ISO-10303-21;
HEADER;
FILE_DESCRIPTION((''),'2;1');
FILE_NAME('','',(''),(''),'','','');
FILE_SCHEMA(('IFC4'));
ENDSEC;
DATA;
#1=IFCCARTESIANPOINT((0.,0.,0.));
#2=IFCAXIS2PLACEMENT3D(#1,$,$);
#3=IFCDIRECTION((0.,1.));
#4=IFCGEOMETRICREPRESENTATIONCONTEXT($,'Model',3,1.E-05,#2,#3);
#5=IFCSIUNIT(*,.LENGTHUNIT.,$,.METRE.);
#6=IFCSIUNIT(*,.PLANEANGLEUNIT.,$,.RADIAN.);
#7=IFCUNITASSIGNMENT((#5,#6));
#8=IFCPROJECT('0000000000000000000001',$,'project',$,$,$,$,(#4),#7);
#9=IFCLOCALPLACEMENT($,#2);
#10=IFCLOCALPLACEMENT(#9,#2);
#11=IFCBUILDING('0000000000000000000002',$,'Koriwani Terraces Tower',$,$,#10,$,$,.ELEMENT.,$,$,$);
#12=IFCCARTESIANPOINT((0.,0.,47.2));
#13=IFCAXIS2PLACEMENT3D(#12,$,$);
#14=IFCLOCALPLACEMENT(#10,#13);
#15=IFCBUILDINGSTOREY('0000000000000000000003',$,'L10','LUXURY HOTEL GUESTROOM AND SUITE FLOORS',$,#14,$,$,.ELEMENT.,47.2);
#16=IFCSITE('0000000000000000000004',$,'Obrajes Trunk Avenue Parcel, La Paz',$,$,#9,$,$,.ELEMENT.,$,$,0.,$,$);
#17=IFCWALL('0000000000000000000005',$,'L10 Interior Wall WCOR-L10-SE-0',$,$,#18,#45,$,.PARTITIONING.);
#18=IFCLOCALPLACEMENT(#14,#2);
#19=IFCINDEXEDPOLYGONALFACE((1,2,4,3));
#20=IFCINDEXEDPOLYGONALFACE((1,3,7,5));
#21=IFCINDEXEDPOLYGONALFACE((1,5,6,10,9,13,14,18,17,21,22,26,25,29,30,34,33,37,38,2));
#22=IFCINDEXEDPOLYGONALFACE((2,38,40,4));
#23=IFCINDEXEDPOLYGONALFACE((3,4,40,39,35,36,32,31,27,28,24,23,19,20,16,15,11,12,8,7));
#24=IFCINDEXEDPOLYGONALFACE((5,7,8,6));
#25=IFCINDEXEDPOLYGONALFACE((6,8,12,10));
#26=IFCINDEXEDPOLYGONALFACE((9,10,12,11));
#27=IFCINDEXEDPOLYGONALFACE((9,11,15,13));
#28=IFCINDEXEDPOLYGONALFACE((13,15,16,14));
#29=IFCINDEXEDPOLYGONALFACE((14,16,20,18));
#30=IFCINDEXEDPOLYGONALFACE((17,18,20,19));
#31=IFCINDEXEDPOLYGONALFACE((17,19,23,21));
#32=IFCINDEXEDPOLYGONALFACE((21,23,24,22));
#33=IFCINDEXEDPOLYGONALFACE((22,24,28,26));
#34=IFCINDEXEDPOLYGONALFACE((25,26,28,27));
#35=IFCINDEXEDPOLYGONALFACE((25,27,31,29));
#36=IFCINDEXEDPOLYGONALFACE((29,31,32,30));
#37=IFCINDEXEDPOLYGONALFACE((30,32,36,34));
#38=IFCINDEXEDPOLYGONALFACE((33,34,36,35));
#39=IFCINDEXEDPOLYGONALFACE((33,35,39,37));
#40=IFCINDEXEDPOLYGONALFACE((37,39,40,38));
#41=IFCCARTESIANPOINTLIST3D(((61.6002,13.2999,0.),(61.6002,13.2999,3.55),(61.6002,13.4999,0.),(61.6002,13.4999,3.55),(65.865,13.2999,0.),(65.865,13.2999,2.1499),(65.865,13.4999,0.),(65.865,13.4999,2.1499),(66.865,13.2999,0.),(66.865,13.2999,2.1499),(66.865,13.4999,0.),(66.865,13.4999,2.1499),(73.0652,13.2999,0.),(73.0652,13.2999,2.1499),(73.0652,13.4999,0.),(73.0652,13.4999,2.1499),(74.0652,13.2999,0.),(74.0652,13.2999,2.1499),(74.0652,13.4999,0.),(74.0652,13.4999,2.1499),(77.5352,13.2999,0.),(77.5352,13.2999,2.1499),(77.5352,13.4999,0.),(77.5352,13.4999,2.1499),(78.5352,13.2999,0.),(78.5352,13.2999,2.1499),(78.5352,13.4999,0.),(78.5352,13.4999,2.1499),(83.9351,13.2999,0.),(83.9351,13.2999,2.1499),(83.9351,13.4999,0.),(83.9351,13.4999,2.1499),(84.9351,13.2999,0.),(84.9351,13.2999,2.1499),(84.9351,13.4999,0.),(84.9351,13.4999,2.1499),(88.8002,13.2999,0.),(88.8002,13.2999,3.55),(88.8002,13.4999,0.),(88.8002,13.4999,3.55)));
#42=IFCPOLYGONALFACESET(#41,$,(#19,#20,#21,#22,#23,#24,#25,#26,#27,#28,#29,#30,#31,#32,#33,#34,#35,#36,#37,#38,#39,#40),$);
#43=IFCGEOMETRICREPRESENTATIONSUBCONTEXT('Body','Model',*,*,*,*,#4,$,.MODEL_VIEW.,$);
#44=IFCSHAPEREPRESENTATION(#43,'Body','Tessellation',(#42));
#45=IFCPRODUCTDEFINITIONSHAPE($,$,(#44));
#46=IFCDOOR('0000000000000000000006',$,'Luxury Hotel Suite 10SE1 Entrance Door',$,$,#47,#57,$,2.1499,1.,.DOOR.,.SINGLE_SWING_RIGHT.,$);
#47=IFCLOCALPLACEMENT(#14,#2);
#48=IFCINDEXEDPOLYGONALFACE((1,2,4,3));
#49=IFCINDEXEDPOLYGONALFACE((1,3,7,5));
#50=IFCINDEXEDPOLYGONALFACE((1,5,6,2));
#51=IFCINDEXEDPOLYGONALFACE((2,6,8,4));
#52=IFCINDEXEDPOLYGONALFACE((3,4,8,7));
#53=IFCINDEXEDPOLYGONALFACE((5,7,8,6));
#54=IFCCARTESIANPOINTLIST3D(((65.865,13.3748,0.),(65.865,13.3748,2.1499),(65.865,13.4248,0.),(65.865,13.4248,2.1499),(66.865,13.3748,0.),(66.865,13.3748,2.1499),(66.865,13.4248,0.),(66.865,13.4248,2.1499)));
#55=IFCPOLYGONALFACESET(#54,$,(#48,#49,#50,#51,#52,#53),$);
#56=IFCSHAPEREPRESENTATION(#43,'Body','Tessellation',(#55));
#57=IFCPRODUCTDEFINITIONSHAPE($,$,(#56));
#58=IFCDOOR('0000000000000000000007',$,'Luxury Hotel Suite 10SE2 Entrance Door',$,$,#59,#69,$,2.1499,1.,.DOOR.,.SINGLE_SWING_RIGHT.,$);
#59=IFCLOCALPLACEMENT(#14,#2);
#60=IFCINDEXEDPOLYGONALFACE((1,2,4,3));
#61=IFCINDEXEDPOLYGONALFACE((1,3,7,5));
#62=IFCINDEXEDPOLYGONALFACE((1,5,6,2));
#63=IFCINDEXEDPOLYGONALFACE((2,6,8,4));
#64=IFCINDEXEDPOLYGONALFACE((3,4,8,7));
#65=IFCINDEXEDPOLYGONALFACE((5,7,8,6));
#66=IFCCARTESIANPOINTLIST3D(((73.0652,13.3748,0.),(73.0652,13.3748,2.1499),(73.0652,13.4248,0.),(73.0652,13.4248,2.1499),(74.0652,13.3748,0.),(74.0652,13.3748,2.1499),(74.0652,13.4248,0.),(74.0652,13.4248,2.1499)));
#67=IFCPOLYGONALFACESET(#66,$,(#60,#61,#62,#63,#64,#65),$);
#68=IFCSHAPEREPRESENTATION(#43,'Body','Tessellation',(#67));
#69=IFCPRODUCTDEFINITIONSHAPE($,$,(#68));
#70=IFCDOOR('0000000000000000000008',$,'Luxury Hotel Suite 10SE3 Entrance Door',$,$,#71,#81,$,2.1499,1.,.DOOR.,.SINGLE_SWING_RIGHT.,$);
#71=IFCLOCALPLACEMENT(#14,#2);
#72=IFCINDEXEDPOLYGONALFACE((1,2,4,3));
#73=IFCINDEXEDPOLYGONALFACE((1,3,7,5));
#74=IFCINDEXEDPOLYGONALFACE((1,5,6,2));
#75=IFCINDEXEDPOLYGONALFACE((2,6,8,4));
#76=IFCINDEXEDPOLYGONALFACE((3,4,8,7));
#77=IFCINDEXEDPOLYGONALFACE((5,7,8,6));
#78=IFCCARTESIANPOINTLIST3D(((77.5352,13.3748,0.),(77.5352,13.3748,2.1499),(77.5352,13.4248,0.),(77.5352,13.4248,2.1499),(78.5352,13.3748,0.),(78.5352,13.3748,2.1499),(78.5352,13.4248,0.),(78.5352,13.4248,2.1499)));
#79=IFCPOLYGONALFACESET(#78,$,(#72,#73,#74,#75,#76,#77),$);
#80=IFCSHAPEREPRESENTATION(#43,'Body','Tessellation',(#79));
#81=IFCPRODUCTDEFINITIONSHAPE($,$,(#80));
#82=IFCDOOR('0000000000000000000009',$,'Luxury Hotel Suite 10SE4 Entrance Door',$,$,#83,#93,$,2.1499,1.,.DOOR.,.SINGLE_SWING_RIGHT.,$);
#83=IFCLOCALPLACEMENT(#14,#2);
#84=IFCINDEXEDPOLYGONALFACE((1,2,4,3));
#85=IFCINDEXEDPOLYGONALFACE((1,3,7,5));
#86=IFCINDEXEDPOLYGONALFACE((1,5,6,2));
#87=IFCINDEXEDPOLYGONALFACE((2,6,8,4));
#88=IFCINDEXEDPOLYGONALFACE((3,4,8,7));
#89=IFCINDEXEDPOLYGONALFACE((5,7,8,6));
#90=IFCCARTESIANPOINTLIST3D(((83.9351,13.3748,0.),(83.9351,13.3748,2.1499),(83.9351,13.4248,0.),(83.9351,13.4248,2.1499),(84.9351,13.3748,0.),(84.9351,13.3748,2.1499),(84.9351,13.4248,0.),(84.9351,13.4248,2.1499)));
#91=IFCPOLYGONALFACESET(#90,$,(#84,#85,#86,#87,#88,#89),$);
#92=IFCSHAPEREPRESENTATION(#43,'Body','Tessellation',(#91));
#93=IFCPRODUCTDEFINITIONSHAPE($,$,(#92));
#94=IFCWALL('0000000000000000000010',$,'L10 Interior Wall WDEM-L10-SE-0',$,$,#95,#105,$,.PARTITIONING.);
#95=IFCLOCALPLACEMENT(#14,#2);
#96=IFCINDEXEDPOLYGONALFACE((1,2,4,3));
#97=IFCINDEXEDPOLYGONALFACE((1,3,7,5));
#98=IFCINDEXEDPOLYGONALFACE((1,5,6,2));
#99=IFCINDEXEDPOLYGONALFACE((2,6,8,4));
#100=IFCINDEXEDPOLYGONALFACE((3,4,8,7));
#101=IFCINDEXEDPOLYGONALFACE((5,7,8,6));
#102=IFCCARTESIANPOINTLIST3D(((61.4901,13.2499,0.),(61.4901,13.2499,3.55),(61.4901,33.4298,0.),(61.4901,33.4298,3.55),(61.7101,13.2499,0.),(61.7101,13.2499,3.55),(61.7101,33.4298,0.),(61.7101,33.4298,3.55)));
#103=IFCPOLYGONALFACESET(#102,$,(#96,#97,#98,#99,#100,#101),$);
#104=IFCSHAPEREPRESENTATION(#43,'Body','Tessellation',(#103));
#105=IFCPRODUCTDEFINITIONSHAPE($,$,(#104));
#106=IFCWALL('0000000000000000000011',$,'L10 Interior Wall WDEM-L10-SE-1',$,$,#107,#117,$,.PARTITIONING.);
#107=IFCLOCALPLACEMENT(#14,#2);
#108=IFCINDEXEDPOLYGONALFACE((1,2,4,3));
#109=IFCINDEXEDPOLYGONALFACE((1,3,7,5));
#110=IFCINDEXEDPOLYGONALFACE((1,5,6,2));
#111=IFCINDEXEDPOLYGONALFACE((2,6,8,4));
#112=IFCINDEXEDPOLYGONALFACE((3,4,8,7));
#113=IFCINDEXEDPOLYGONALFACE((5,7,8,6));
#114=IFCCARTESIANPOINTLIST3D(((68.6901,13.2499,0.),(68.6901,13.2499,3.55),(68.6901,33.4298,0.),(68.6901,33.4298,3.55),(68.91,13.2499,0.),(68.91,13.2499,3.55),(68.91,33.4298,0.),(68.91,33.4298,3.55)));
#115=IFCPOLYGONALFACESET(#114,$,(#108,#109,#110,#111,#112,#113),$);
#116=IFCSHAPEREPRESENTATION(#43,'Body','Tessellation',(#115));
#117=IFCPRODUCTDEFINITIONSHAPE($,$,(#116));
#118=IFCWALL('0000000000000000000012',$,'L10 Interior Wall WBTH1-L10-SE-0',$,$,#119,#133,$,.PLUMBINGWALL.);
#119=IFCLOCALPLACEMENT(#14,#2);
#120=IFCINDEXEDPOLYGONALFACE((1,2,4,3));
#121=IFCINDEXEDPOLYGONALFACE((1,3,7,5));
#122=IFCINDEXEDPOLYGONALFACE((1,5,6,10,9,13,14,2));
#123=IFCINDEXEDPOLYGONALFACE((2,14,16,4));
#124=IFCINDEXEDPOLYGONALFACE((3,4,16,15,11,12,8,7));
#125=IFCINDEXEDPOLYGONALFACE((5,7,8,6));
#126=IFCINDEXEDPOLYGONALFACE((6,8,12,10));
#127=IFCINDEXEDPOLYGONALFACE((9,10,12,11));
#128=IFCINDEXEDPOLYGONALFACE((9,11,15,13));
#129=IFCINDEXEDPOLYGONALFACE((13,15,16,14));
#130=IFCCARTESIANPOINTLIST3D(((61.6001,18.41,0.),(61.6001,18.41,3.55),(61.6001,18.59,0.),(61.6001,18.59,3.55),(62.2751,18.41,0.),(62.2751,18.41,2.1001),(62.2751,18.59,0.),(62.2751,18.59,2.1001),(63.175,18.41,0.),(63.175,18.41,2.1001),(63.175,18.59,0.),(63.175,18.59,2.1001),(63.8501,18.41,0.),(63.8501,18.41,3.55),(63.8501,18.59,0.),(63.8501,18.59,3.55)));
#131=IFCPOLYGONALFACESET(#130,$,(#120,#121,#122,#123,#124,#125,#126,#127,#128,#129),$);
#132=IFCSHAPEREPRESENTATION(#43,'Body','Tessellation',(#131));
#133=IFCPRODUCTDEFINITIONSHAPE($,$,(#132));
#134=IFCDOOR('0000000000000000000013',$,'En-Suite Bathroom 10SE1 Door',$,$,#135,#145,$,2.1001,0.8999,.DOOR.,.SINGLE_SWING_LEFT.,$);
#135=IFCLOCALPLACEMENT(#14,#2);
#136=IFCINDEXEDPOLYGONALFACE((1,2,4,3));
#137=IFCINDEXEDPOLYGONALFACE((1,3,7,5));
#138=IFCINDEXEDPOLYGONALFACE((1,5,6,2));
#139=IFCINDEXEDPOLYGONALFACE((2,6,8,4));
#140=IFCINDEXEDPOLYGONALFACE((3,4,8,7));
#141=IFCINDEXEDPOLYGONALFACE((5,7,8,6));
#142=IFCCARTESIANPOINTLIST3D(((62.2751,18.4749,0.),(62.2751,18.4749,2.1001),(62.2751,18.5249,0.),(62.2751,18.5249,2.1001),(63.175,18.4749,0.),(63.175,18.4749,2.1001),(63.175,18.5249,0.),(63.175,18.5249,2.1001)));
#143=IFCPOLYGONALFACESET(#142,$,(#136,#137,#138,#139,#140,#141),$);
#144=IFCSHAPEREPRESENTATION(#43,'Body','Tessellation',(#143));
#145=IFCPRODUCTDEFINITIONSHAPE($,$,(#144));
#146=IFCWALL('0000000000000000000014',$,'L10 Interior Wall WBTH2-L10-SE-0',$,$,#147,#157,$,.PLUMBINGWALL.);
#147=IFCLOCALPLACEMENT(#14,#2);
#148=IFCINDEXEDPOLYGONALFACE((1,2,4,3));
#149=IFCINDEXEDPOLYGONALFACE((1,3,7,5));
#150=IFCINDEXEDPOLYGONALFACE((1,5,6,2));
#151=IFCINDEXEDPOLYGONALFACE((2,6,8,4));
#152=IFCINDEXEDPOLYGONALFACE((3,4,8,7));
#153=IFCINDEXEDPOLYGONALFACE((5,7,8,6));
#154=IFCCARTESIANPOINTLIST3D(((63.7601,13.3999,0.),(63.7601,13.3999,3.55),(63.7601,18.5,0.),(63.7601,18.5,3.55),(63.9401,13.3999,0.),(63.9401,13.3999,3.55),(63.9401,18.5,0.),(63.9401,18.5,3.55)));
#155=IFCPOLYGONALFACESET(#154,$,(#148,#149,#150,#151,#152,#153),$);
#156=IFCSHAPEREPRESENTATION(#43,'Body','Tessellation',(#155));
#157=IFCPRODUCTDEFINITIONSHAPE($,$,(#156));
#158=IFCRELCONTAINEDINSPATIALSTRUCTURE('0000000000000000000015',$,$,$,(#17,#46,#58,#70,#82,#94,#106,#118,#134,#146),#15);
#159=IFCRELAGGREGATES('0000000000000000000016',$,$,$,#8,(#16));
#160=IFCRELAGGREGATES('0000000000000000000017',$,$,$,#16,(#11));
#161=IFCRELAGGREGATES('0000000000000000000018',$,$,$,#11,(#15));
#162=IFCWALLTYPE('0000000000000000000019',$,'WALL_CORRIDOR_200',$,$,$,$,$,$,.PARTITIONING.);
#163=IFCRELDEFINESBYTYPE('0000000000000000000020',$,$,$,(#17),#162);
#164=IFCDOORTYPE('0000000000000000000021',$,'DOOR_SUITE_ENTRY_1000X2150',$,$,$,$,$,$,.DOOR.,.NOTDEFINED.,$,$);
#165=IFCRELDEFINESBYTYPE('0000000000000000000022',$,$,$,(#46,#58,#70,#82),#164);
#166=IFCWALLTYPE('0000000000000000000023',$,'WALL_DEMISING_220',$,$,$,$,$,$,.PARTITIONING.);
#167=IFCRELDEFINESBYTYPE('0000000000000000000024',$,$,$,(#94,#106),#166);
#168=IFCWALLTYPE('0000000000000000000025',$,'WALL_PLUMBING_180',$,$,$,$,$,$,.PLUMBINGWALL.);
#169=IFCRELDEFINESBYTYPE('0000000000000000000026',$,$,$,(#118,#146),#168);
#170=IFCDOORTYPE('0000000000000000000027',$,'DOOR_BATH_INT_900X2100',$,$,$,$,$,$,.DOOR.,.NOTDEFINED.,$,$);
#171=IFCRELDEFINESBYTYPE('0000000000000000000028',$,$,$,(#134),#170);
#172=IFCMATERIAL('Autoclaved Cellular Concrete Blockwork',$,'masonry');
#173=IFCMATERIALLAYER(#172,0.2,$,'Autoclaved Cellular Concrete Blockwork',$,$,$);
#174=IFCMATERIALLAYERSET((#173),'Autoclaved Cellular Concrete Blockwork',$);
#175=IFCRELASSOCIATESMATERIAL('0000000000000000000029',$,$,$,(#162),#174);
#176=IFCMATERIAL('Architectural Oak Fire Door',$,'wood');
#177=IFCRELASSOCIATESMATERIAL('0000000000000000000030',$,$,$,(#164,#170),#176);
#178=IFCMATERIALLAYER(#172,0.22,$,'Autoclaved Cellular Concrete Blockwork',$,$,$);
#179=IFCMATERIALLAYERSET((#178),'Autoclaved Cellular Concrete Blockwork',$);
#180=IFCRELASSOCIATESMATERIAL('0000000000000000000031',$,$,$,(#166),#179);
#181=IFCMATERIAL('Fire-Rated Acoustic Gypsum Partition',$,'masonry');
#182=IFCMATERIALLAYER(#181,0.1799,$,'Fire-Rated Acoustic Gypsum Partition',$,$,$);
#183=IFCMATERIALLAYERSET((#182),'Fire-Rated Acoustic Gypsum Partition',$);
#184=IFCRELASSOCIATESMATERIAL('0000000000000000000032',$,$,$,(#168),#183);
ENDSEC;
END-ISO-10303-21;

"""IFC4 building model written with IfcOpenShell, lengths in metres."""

from ifc_helpers import new_model, si_unit, direction, frame, frame_2d, origin, place, context, subcontext, project, spatial, rectangle, extrude, material, layer, layer_set, type_object, element, fill, save


model = new_model("IFC4")

# Units and contexts
model_context = context("Model", 3, precision=1e-05, world=origin(), true_north=direction((0.0, 1.0)))
body_context = subcontext(model_context, "Body", "Model", "MODEL_VIEW")
ifc_project = project(units=[si_unit("LENGTHUNIT", "METRE"), si_unit("PLANEANGLEUNIT", "RADIAN")], contexts=[model_context])

# Site, building, storey
site_placement = place(None, origin())
site = spatial("IfcSite", under=ifc_project, at=site_placement, Name="Obrajes Trunk Avenue Parcel, La Paz", CompositionType="ELEMENT", RefElevation=0.0)
building_placement = place(site_placement, origin())
building = spatial("IfcBuilding", under=site, at=building_placement, Name="Koriwani Terraces Tower", CompositionType="ELEMENT")
storey_placement = place(building_placement, frame((0.0, 0.0, 47.2)))
storey = spatial("IfcBuildingStorey", under=building, at=storey_placement, Name="L10", Description="LUXURY HOTEL GUESTROOM AND SUITE FLOORS", CompositionType="ELEMENT", Elevation=47.2)

# Wall, openings, doors
ifc_material_1 = material(Name="Autoclaved Cellular Concrete Blockwork", Category="masonry")
ifc_layer_1 = layer(ifc_material_1, 0.2, Name="Autoclaved Cellular Concrete Blockwork")
ifc_layer_set_1 = layer_set([ifc_layer_1], Name="Autoclaved Cellular Concrete Blockwork")
wall_type_1 = type_object("IfcWallType", Name="WALL_CORRIDOR_200", PredefinedType="PARTITIONING", material=ifc_layer_set_1)
wall_1_placement = place(storey_placement, frame((61.6001, 13.3999, 0.0), z_axis=(0.0, 0.0, 1.0), x_axis=(1.0, 0.0, 0.0)))
wall_1 = element("IfcWall", 1, at=wall_1_placement, inside=storey, type_object=wall_type_1, Name="L10 Interior Wall WCOR-L10-SE-0", PredefinedType="PARTITIONING", context=body_context, shape_type="SweptSolid", body=[
    extrude(rectangle(XDim=27.2, YDim=0.2, at=frame_2d((13.6001, 0.0))), origin(), (0.0, 0.0, 1.0), 3.55),
])
opening_1_placement = place(wall_1_placement, frame((4.2649, 0.0, 0.0)))
opening_1 = element("IfcOpeningElement", 2, at=opening_1_placement, cuts=wall_1, PredefinedType="OPENING", context=body_context, shape_type="SweptSolid", body=[
    extrude(rectangle(XDim=1.0, YDim=2.1499, at=frame_2d((0.5, 1.075))), frame((0.0, 0.1099, 0.0), z_axis=(0.0, -1.0, 0.0), x_axis=(1.0, 0.0, 0.0)), (0.0, 0.0, 1.0), 0.22),
])
opening_2_placement = place(wall_1_placement, frame((11.4651, 0.0, 0.0)))
opening_2 = element("IfcOpeningElement", 3, at=opening_2_placement, cuts=wall_1, PredefinedType="OPENING", context=body_context, shape_type="SweptSolid", body=[
    extrude(rectangle(XDim=1.0, YDim=2.1499, at=frame_2d((0.5, 1.075))), frame((0.0, 0.1099, 0.0), z_axis=(0.0, -1.0, 0.0), x_axis=(1.0, 0.0, 0.0)), (0.0, 0.0, 1.0), 0.22),
])
opening_3_placement = place(wall_1_placement, frame((15.9351, 0.0, 0.0)))
opening_3 = element("IfcOpeningElement", 4, at=opening_3_placement, cuts=wall_1, PredefinedType="OPENING", context=body_context, shape_type="SweptSolid", body=[
    extrude(rectangle(XDim=1.0, YDim=2.1499, at=frame_2d((0.5, 1.075))), frame((0.0, 0.1099, 0.0), z_axis=(0.0, -1.0, 0.0), x_axis=(1.0, 0.0, 0.0)), (0.0, 0.0, 1.0), 0.22),
])
opening_4_placement = place(wall_1_placement, frame((22.335, 0.0, 0.0)))
opening_4 = element("IfcOpeningElement", 5, at=opening_4_placement, cuts=wall_1, PredefinedType="OPENING", context=body_context, shape_type="SweptSolid", body=[
    extrude(rectangle(XDim=1.0, YDim=2.1499, at=frame_2d((0.5, 1.075))), frame((0.0, 0.1099, 0.0), z_axis=(0.0, -1.0, 0.0), x_axis=(1.0, 0.0, 0.0)), (0.0, 0.0, 1.0), 0.22),
])
ifc_material_2 = material(Name="Architectural Oak Fire Door", Category="wood")
door_type_1 = type_object("IfcDoorType", Name="DOOR_SUITE_ENTRY_1000X2150", OperationType="NOTDEFINED", PredefinedType="DOOR", material=ifc_material_2)
door_1_placement = place(opening_1_placement, origin())
door_1 = element("IfcDoor", 6, at=door_1_placement, inside=storey, type_object=door_type_1, Name="Luxury Hotel Suite 10SE1 Entrance Door", OperationType="SINGLE_SWING_RIGHT", OverallHeight=2.1499, OverallWidth=1.0, PredefinedType="DOOR", context=body_context, shape_type="SweptSolid", body=[
    extrude(rectangle(XDim=1.0, YDim=2.1499, at=frame_2d((0.5, 1.075))), frame((0.0, 0.0249, 0.0), z_axis=(0.0, -1.0, 0.0), x_axis=(1.0, 0.0, 0.0)), (0.0, 0.0, 1.0), 0.05),
])
fill(opening_1, door_1)
door_2_placement = place(opening_2_placement, origin())
door_2 = element("IfcDoor", 7, at=door_2_placement, inside=storey, type_object=door_type_1, Name="Luxury Hotel Suite 10SE2 Entrance Door", OperationType="SINGLE_SWING_RIGHT", OverallHeight=2.1499, OverallWidth=1.0, PredefinedType="DOOR", context=body_context, shape_type="SweptSolid", body=[
    extrude(rectangle(XDim=1.0, YDim=2.1499, at=frame_2d((0.5, 1.075))), frame((0.0, 0.0249, 0.0), z_axis=(0.0, -1.0, 0.0), x_axis=(1.0, 0.0, 0.0)), (0.0, 0.0, 1.0), 0.05),
])
fill(opening_2, door_2)
door_3_placement = place(opening_3_placement, origin())
door_3 = element("IfcDoor", 8, at=door_3_placement, inside=storey, type_object=door_type_1, Name="Luxury Hotel Suite 10SE3 Entrance Door", OperationType="SINGLE_SWING_RIGHT", OverallHeight=2.1499, OverallWidth=1.0, PredefinedType="DOOR", context=body_context, shape_type="SweptSolid", body=[
    extrude(rectangle(XDim=1.0, YDim=2.1499, at=frame_2d((0.5, 1.075))), frame((0.0, 0.0249, 0.0), z_axis=(0.0, -1.0, 0.0), x_axis=(1.0, 0.0, 0.0)), (0.0, 0.0, 1.0), 0.05),
])
fill(opening_3, door_3)
door_4_placement = place(opening_4_placement, origin())
door_4 = element("IfcDoor", 9, at=door_4_placement, inside=storey, type_object=door_type_1, Name="Luxury Hotel Suite 10SE4 Entrance Door", OperationType="SINGLE_SWING_RIGHT", OverallHeight=2.1499, OverallWidth=1.0, PredefinedType="DOOR", context=body_context, shape_type="SweptSolid", body=[
    extrude(rectangle(XDim=1.0, YDim=2.1499, at=frame_2d((0.5, 1.075))), frame((0.0, 0.0249, 0.0), z_axis=(0.0, -1.0, 0.0), x_axis=(1.0, 0.0, 0.0)), (0.0, 0.0, 1.0), 0.05),
])
fill(opening_4, door_4)

# Walls
ifc_layer_2 = layer(ifc_material_1, 0.22, Name="Autoclaved Cellular Concrete Blockwork")
ifc_layer_set_2 = layer_set([ifc_layer_2], Name="Autoclaved Cellular Concrete Blockwork")
wall_type_2 = type_object("IfcWallType", Name="WALL_DEMISING_220", PredefinedType="PARTITIONING", material=ifc_layer_set_2)
for number, where, z_axis, x_axis, name in (
    (10, (61.6001, 13.25, 0.0), (0.0, 0.0, 1.0), (0.0, 1.0, 0.0), "L10 Interior Wall WDEM-L10-SE-0"),
    (11, (68.8, 13.25, 0.0), (0.0, 0.0, 1.0), (0.0, 1.0, 0.0), "L10 Interior Wall WDEM-L10-SE-1"),
):
    element("IfcWall", number, at=place(storey_placement, frame(where, z_axis=z_axis, x_axis=x_axis)), inside=storey, type_object=wall_type_2, Name=name, PredefinedType="PARTITIONING", context=body_context, shape_type="SweptSolid", body=[
        extrude(rectangle(XDim=20.1799, YDim=0.22, at=frame_2d((10.0898, 0.0))), origin(), (0.0, 0.0, 1.0), 3.55),
    ])

# Wall, opening, door
ifc_material_3 = material(Name="Fire-Rated Acoustic Gypsum Partition", Category="masonry")
ifc_layer_3 = layer(ifc_material_3, 0.1799, Name="Fire-Rated Acoustic Gypsum Partition")
ifc_layer_set_3 = layer_set([ifc_layer_3], Name="Fire-Rated Acoustic Gypsum Partition")
wall_type_3 = type_object("IfcWallType", Name="WALL_PLUMBING_180", PredefinedType="PLUMBINGWALL", material=ifc_layer_set_3)
wall_2_placement = place(storey_placement, frame((61.6001, 18.5, 0.0), z_axis=(0.0, 0.0, 1.0), x_axis=(1.0, 0.0, 0.0)))
wall_2 = element("IfcWall", 12, at=wall_2_placement, inside=storey, type_object=wall_type_3, Name="L10 Interior Wall WBTH1-L10-SE-0", PredefinedType="PLUMBINGWALL", context=body_context, shape_type="SweptSolid", body=[
    extrude(rectangle(XDim=2.25, YDim=0.1799, at=frame_2d((1.125, 0.0))), origin(), (0.0, 0.0, 1.0), 3.55),
])
opening_5_placement = place(wall_2_placement, frame((0.675, 0.0, 0.0)))
opening_5 = element("IfcOpeningElement", 13, at=opening_5_placement, cuts=wall_2, PredefinedType="OPENING", context=body_context, shape_type="SweptSolid", body=[
    extrude(rectangle(XDim=0.8999, YDim=2.1001, at=frame_2d((0.45, 1.05))), frame((0.0, 0.1001, 0.0), z_axis=(0.0, -1.0, 0.0), x_axis=(1.0, 0.0, 0.0)), (0.0, 0.0, 1.0), 0.2),
])
door_type_2 = type_object("IfcDoorType", Name="DOOR_BATH_INT_900X2100", OperationType="NOTDEFINED", PredefinedType="DOOR", material=ifc_material_2)
door_5_placement = place(opening_5_placement, origin())
door_5 = element("IfcDoor", 14, at=door_5_placement, inside=storey, type_object=door_type_2, Name="En-Suite Bathroom 10SE1 Door", OperationType="SINGLE_SWING_LEFT", OverallHeight=2.1001, OverallWidth=0.8999, PredefinedType="DOOR", context=body_context, shape_type="SweptSolid", body=[
    extrude(rectangle(XDim=0.8999, YDim=2.1001, at=frame_2d((0.45, 1.05))), frame((0.0, 0.0249, 0.0), z_axis=(0.0, -1.0, 0.0), x_axis=(1.0, 0.0, 0.0)), (0.0, 0.0, 1.0), 0.05),
])
fill(opening_5, door_5)

# Wall
wall_3_placement = place(storey_placement, frame((63.8501, 13.3999, 0.0), z_axis=(0.0, 0.0, 1.0), x_axis=(0.0, 1.0, 0.0)))
element("IfcWall", 15, at=wall_3_placement, inside=storey, type_object=wall_type_3, Name="L10 Interior Wall WBTH2-L10-SE-0", PredefinedType="PLUMBINGWALL", context=body_context, shape_type="SweptSolid", body=[
    extrude(rectangle(XDim=5.1001, YDim=0.1799, at=frame_2d((2.55, 0.0))), origin(), (0.0, 0.0, 1.0), 3.55),
])

save(model, "model.ifc")
